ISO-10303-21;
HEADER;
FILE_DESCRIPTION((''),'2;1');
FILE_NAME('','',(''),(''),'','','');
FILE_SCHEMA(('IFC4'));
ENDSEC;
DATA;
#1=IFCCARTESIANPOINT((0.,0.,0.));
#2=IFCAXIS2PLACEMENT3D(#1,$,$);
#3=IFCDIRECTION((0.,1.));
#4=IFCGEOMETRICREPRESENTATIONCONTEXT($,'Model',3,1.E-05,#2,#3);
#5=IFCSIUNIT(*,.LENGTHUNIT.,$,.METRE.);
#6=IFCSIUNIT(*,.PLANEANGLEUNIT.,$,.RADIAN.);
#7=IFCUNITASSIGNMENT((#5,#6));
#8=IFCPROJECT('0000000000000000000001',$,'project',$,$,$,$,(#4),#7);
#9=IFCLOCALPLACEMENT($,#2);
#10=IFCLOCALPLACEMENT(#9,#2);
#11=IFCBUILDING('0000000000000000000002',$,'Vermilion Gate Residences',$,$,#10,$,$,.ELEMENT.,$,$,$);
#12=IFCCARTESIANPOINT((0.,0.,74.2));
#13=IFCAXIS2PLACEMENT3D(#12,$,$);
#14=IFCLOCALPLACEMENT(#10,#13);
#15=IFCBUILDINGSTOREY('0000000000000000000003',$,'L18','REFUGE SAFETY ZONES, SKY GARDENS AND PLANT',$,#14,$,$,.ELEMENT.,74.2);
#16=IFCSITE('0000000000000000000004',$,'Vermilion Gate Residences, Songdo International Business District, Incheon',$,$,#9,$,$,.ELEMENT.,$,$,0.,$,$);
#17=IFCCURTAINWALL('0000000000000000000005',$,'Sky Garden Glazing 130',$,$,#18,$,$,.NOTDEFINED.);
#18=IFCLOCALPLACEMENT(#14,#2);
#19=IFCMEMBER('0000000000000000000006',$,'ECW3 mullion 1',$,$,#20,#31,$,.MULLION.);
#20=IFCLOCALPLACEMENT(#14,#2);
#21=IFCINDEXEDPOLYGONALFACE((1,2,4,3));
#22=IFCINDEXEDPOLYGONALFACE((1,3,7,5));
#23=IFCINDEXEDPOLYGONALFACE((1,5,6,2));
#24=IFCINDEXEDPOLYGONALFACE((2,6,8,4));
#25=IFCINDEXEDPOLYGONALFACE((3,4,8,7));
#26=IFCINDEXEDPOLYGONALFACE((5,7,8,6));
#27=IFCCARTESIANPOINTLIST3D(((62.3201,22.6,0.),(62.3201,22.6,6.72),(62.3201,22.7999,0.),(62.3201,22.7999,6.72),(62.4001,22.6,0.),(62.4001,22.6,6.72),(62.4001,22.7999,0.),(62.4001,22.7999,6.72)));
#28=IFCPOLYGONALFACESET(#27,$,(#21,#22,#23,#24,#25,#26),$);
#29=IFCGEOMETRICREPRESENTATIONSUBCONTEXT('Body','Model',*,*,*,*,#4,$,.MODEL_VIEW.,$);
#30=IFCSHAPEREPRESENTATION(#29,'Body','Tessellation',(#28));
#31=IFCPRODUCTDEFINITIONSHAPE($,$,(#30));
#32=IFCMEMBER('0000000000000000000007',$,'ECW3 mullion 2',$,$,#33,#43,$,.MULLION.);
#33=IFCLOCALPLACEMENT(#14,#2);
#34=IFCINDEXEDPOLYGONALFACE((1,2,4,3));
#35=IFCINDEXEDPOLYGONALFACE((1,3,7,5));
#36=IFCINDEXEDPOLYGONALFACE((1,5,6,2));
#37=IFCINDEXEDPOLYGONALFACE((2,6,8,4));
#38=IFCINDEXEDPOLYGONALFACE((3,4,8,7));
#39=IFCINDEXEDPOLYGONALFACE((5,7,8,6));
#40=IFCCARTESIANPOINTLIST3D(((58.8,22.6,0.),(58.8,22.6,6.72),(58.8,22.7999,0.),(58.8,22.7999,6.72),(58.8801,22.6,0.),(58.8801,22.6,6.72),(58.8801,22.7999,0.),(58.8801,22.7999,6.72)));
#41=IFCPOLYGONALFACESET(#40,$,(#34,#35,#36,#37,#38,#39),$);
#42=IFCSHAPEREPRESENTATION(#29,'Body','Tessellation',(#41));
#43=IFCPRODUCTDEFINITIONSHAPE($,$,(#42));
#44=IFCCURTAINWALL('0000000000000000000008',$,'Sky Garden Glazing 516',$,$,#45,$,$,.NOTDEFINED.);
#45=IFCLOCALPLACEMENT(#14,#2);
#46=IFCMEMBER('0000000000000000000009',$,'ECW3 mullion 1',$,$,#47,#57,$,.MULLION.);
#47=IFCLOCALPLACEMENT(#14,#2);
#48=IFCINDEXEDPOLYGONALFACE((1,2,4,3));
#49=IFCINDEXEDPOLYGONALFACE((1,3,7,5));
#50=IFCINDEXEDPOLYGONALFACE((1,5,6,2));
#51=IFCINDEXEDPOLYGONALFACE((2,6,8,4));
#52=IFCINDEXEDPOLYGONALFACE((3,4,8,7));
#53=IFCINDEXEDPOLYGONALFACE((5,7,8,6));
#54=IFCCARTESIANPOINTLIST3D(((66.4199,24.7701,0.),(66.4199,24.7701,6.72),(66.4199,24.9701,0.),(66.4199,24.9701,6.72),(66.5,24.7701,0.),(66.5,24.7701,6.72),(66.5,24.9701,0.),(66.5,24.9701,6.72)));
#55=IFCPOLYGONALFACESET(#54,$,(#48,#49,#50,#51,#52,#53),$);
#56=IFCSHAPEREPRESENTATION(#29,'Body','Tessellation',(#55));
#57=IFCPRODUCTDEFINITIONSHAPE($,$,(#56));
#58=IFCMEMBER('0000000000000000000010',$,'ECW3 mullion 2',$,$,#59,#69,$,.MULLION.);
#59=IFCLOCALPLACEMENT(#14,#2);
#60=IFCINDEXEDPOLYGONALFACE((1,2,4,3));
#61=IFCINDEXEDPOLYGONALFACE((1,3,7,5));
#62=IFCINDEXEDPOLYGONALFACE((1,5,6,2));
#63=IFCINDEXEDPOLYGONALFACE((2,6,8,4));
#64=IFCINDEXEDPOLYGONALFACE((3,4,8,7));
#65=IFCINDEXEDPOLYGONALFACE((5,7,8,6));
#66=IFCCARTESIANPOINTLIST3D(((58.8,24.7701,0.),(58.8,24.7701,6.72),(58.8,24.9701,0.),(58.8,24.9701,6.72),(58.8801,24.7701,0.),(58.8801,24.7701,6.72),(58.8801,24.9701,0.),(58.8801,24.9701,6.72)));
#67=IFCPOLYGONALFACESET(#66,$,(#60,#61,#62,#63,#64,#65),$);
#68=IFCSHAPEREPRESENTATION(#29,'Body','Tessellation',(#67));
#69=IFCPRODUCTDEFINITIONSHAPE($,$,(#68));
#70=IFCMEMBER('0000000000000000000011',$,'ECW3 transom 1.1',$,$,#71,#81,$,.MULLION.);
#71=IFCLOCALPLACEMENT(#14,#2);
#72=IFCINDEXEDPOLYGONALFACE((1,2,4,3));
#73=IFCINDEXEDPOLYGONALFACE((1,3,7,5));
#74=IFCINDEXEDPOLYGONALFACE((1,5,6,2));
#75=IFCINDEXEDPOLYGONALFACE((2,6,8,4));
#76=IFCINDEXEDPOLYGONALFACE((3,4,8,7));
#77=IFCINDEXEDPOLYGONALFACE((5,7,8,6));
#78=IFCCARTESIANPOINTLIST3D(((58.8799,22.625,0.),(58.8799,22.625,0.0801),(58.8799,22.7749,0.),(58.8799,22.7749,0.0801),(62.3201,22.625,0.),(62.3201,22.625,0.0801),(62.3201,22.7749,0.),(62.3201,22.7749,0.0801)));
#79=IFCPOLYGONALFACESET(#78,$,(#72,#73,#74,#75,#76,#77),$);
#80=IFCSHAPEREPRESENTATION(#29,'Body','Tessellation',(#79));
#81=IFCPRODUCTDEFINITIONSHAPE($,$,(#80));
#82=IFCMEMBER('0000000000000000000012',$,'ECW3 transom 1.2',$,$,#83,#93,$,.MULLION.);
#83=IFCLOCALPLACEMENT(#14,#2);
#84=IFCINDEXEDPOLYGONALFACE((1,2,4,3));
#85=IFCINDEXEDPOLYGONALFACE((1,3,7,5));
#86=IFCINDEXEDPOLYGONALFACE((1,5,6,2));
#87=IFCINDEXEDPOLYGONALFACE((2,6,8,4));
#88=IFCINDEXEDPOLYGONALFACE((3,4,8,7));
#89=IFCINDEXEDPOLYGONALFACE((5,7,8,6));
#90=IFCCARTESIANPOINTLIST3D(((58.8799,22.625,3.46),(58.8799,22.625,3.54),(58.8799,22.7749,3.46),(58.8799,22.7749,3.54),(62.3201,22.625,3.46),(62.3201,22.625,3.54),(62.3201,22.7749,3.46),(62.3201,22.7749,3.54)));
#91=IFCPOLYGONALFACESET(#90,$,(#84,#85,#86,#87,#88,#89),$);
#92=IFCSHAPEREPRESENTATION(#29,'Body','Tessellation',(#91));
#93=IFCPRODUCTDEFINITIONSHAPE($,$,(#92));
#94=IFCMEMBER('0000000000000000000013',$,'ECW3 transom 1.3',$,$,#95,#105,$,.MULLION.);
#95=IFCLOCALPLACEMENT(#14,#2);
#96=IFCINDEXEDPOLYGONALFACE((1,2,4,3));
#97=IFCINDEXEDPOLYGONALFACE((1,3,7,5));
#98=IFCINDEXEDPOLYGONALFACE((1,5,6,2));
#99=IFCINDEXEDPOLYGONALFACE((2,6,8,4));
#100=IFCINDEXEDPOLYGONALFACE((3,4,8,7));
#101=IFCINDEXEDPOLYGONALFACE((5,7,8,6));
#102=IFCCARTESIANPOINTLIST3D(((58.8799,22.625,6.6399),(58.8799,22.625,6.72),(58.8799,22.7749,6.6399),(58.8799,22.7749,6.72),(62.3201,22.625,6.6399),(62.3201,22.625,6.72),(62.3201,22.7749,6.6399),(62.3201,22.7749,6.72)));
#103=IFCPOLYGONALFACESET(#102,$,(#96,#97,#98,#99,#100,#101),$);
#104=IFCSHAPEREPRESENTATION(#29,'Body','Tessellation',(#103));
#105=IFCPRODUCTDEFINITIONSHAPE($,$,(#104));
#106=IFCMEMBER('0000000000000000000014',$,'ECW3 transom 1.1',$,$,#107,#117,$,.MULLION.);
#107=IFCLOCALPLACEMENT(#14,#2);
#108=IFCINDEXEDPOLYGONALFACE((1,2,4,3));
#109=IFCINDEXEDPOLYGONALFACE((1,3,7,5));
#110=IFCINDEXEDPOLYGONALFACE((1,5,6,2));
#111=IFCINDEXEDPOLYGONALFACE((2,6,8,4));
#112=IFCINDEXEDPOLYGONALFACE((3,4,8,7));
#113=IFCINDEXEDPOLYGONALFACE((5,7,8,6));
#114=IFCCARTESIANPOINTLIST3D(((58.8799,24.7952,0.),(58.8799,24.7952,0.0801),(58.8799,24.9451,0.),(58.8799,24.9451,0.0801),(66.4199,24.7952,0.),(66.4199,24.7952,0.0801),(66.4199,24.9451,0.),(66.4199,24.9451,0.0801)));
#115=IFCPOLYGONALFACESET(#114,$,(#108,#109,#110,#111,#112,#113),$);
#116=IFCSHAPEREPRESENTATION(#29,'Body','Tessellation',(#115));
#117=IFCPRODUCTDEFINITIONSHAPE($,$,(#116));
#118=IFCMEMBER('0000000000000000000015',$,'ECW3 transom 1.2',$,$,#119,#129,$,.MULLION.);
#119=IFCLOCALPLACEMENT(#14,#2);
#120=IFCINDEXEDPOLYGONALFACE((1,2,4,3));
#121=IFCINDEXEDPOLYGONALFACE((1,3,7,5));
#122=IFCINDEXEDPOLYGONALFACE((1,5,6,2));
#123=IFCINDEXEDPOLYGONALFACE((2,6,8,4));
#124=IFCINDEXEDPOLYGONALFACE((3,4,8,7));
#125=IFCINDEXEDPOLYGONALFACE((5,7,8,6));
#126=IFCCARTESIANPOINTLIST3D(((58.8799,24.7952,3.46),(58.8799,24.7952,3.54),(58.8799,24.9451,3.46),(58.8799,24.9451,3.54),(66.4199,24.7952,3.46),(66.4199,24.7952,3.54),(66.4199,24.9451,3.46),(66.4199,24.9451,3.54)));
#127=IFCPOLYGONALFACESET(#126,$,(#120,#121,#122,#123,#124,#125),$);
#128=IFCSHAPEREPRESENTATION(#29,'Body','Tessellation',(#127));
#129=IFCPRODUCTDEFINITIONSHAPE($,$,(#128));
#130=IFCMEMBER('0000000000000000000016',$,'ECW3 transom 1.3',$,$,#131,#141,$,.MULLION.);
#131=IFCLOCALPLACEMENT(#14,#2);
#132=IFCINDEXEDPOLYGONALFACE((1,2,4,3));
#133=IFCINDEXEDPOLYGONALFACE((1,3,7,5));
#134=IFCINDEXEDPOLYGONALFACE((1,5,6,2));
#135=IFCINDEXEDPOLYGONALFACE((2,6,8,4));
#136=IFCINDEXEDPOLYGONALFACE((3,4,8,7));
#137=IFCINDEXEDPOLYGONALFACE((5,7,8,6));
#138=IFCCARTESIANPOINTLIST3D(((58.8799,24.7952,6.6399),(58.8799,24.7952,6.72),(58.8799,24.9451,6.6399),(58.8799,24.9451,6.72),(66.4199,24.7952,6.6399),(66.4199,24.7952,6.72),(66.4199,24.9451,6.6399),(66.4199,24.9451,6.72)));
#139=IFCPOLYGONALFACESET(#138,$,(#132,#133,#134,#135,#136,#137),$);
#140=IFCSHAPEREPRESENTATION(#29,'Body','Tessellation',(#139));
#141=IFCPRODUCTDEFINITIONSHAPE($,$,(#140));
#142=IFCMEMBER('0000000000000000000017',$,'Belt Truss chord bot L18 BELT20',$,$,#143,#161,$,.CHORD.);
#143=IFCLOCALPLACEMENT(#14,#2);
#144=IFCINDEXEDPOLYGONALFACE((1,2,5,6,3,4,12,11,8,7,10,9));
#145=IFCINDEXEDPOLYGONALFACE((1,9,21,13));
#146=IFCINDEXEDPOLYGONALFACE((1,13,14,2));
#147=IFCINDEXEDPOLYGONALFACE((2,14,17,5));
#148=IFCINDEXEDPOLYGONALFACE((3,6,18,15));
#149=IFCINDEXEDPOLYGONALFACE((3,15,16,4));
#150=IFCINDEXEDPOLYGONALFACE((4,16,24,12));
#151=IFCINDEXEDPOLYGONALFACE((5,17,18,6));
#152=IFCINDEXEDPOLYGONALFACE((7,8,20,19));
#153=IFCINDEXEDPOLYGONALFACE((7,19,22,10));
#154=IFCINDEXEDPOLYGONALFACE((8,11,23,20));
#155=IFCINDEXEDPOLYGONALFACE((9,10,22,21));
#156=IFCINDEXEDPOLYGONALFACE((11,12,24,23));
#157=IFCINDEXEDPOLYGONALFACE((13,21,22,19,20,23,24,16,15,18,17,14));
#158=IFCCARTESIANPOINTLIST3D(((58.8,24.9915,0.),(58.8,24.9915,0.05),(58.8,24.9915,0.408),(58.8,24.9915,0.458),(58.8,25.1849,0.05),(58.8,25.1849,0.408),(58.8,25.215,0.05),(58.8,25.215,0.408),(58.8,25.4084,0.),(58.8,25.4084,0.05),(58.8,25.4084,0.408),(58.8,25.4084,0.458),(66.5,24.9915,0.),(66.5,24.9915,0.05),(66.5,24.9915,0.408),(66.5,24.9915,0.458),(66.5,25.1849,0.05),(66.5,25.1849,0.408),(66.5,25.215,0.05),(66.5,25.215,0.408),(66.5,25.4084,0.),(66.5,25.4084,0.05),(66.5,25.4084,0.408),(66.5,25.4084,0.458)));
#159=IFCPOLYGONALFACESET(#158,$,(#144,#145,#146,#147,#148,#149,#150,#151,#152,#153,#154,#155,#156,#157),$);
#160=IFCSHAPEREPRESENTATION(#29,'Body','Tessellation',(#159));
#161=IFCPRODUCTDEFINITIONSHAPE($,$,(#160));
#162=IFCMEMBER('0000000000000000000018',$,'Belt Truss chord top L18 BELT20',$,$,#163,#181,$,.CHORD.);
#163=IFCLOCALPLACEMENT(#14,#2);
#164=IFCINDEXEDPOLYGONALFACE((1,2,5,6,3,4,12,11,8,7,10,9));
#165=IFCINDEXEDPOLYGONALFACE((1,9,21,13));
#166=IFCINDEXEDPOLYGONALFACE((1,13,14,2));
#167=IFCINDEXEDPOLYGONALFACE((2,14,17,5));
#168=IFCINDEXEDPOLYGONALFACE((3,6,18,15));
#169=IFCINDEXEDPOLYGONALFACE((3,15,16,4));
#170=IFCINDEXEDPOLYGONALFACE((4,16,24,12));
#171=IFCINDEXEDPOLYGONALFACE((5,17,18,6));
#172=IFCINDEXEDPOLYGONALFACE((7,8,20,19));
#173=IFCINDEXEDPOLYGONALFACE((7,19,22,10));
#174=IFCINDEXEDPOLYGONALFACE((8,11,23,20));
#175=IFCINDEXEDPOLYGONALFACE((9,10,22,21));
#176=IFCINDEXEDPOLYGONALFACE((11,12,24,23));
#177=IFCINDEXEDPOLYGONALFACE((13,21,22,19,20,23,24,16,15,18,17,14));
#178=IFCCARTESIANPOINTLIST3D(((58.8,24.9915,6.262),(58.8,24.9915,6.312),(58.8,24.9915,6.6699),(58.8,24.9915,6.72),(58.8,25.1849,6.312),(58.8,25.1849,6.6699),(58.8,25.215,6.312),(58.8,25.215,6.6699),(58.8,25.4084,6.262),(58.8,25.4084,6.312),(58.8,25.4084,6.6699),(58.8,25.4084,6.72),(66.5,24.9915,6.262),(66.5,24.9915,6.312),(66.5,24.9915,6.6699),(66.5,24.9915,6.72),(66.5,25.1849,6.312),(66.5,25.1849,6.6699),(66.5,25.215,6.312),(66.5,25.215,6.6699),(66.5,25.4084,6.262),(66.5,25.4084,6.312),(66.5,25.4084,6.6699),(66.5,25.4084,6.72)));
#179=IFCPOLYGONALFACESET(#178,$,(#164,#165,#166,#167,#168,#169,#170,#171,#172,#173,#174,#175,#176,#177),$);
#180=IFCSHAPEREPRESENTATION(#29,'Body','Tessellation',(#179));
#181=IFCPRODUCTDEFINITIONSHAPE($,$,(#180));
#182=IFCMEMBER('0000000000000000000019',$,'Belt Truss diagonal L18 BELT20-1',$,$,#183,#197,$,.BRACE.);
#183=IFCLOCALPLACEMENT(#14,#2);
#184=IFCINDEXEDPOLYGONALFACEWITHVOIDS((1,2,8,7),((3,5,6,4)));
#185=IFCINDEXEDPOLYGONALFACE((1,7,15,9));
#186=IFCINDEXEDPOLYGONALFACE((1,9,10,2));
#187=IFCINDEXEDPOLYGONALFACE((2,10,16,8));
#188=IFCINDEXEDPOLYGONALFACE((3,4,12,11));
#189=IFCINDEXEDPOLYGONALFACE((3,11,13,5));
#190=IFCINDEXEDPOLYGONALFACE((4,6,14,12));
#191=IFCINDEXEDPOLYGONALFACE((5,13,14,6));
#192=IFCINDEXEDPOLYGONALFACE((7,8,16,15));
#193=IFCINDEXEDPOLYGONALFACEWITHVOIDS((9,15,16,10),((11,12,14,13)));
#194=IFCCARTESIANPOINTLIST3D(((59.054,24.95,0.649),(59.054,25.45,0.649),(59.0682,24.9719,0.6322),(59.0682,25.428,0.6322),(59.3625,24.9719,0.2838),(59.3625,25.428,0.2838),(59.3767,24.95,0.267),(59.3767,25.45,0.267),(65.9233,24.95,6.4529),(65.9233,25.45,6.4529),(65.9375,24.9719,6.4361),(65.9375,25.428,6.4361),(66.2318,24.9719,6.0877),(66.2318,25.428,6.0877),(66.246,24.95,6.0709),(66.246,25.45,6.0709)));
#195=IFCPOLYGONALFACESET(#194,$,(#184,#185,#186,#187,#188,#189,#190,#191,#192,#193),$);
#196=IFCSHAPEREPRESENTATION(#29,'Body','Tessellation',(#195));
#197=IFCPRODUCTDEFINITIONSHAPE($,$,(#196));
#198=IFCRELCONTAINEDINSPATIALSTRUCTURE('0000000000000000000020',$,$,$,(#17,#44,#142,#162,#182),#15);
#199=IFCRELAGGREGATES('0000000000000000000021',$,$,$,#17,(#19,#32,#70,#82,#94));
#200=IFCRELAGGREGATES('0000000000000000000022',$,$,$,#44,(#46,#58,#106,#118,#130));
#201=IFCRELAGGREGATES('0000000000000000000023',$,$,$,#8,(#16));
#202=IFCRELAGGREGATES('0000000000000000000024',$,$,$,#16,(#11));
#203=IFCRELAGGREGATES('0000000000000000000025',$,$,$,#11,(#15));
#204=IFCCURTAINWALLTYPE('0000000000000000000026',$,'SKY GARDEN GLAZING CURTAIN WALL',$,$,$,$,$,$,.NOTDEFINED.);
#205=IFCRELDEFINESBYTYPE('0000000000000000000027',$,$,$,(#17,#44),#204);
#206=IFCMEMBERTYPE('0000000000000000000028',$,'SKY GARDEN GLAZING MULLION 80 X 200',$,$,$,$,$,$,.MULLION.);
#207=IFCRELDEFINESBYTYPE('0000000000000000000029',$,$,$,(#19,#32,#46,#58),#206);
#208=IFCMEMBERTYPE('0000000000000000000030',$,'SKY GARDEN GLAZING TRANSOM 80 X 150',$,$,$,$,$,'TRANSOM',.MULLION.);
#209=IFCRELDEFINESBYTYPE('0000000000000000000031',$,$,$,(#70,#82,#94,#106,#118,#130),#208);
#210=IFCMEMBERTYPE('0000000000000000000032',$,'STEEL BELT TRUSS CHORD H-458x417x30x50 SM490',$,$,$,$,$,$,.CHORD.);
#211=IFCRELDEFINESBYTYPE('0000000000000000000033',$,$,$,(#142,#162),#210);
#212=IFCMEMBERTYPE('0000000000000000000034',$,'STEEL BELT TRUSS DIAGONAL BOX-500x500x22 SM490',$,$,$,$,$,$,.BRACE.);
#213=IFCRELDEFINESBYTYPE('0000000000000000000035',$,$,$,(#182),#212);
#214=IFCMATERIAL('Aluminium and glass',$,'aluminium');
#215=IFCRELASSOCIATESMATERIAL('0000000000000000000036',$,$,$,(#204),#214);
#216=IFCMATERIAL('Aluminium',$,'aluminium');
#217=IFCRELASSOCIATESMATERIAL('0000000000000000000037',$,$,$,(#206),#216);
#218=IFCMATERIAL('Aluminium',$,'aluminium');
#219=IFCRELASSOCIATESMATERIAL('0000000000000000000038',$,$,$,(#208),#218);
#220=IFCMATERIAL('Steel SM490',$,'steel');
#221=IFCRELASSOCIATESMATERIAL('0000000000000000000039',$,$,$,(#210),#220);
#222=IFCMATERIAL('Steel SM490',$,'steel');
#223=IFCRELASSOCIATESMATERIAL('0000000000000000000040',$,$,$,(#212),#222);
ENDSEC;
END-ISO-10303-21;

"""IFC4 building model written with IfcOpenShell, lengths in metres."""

from ifc_helpers import new_model, si_unit, direction, frame, origin, origin_2d, place, context, subcontext, project, spatial, rectangle, hollow_rectangle, i_section, extrude, material, material_profile, profile_set, type_object, element, aggregate, save


model = new_model("IFC4")

# Units and contexts
model_context = context("Model", 3, precision=1e-05, world=origin(), true_north=direction((0.0, 1.0)))
body_context = subcontext(model_context, "Body", "Model", "MODEL_VIEW")
ifc_project = project(units=[si_unit("LENGTHUNIT", "METRE"), si_unit("PLANEANGLEUNIT", "RADIAN")], contexts=[model_context])

# Site, building, storey
site_placement = place(None, origin())
site = spatial("IfcSite", under=ifc_project, at=site_placement, Name="Vermilion Gate Residences, Songdo International Business District, Incheon", CompositionType="ELEMENT", RefElevation=0.0)
building_placement = place(site_placement, origin())
building = spatial("IfcBuilding", under=site, at=building_placement, Name="Vermilion Gate Residences", CompositionType="ELEMENT")
storey_placement = place(building_placement, frame((0.0, 0.0, 74.2)))
storey = spatial("IfcBuildingStorey", under=building, at=storey_placement, Name="L18", Description="REFUGE SAFETY ZONES, SKY GARDENS AND PLANT", CompositionType="ELEMENT", Elevation=74.2)

# Curtain walls, members
ifc_material_1 = material(Name="Aluminium and glass", Category="aluminium")
curtain_wall_type = type_object("IfcCurtainWallType", Name="SKY GARDEN GLAZING CURTAIN WALL", PredefinedType="NOTDEFINED", material=ifc_material_1)
curtain_wall_1_placement = place(storey_placement, origin())
curtain_wall_1 = element("IfcCurtainWall", 1, at=curtain_wall_1_placement, inside=storey, type_object=curtain_wall_type, Name="Sky Garden Glazing 130", PredefinedType="NOTDEFINED")
ifc_material_2 = material(Name="Aluminium", Category="aluminium")
ifc_material_profile_1 = material_profile(ifc_material_2, rectangle(XDim=0.2, YDim=0.0801, at=origin_2d()), Name="MULLION 80 X 200")
ifc_profile_set_1 = profile_set([ifc_material_profile_1], Name="Aluminium")
member_type_1 = type_object("IfcMemberType", Name="SKY GARDEN GLAZING MULLION 80 X 200", PredefinedType="MULLION", material=ifc_profile_set_1)
member_1_placement = place(storey_placement, frame((62.3601, 22.7, 0.0), z_axis=(0.0, 0.0, 1.0), x_axis=(0.0, -1.0, 0.0)))
member_1 = element("IfcMember", 2, at=member_1_placement, type_object=member_type_1, Name="ECW3 mullion 1", PredefinedType="MULLION", context=body_context, shape_type="SweptSolid", body=[
    extrude(rectangle(XDim=0.2, YDim=0.0801, at=origin_2d()), origin(), (0.0, 0.0, 1.0), 6.72),
])
member_2_placement = place(storey_placement, frame((58.8401, 22.7, 0.0), z_axis=(0.0, 0.0, 1.0), x_axis=(0.0, -1.0, 0.0)))
member_2 = element("IfcMember", 3, at=member_2_placement, type_object=member_type_1, Name="ECW3 mullion 2", PredefinedType="MULLION", context=body_context, shape_type="SweptSolid", body=[
    extrude(rectangle(XDim=0.2, YDim=0.0801, at=origin_2d()), origin(), (0.0, 0.0, 1.0), 6.72),
])
curtain_wall_2_placement = place(storey_placement, origin())
curtain_wall_2 = element("IfcCurtainWall", 4, at=curtain_wall_2_placement, inside=storey, type_object=curtain_wall_type, Name="Sky Garden Glazing 516", PredefinedType="NOTDEFINED")
member_3_placement = place(storey_placement, frame((66.46, 24.8701, 0.0), z_axis=(0.0, 0.0, 1.0), x_axis=(0.0, -1.0, 0.0)))
member_3 = element("IfcMember", 5, at=member_3_placement, type_object=member_type_1, Name="ECW3 mullion 1", PredefinedType="MULLION", context=body_context, shape_type="SweptSolid", body=[
    extrude(rectangle(XDim=0.2, YDim=0.0801, at=origin_2d()), origin(), (0.0, 0.0, 1.0), 6.72),
])
member_4_placement = place(storey_placement, frame((58.8401, 24.8701, 0.0), z_axis=(0.0, 0.0, 1.0), x_axis=(0.0, -1.0, 0.0)))
member_4 = element("IfcMember", 6, at=member_4_placement, type_object=member_type_1, Name="ECW3 mullion 2", PredefinedType="MULLION", context=body_context, shape_type="SweptSolid", body=[
    extrude(rectangle(XDim=0.2, YDim=0.0801, at=origin_2d()), origin(), (0.0, 0.0, 1.0), 6.72),
])

# Members
ifc_material_3 = material(Name="Aluminium", Category="aluminium")
ifc_material_profile_2 = material_profile(ifc_material_3, rectangle(XDim=0.1499, YDim=0.0801, at=origin_2d()), Name="TRANSOM 80 X 150")
ifc_profile_set_2 = profile_set([ifc_material_profile_2], Name="Aluminium")
member_type_2 = type_object("IfcMemberType", Name="SKY GARDEN GLAZING TRANSOM 80 X 150", ElementType="TRANSOM", PredefinedType="MULLION", material=ifc_profile_set_2)
member_5_placement = place(storey_placement, frame((62.3201, 22.7, 0.04), z_axis=(-1.0, 0.0, 0.0), x_axis=(0.0, -1.0, 0.0)))
member_5 = element("IfcMember", 7, at=member_5_placement, type_object=member_type_2, Name="ECW3 transom 1.1", PredefinedType="MULLION", context=body_context, shape_type="SweptSolid", body=[
    extrude(rectangle(XDim=0.1499, YDim=0.0801, at=origin_2d()), origin(), (0.0, 0.0, 1.0), 3.4402),
])
member_6_placement = place(storey_placement, frame((62.3201, 22.7, 3.5), z_axis=(-1.0, 0.0, 0.0), x_axis=(0.0, -1.0, 0.0)))
member_6 = element("IfcMember", 8, at=member_6_placement, type_object=member_type_2, Name="ECW3 transom 1.2", PredefinedType="MULLION", context=body_context, shape_type="SweptSolid", body=[
    extrude(rectangle(XDim=0.1499, YDim=0.0801, at=origin_2d()), origin(), (0.0, 0.0, 1.0), 3.4402),
])
member_7_placement = place(storey_placement, frame((62.3201, 22.7, 6.6799), z_axis=(-1.0, 0.0, 0.0), x_axis=(0.0, -1.0, 0.0)))
member_7 = element("IfcMember", 9, at=member_7_placement, type_object=member_type_2, Name="ECW3 transom 1.3", PredefinedType="MULLION", context=body_context, shape_type="SweptSolid", body=[
    extrude(rectangle(XDim=0.1499, YDim=0.0801, at=origin_2d()), origin(), (0.0, 0.0, 1.0), 3.4402),
])
member_8_placement = place(storey_placement, frame((66.4199, 24.8701, 0.04), z_axis=(-1.0, 0.0, 0.0), x_axis=(0.0, -1.0, 0.0)))
member_8 = element("IfcMember", 10, at=member_8_placement, type_object=member_type_2, Name="ECW3 transom 1.1", PredefinedType="MULLION", context=body_context, shape_type="SweptSolid", body=[
    extrude(rectangle(XDim=0.1499, YDim=0.0801, at=origin_2d()), origin(), (0.0, 0.0, 1.0), 7.54),
])
member_9_placement = place(storey_placement, frame((66.4199, 24.8701, 3.5), z_axis=(-1.0, 0.0, 0.0), x_axis=(0.0, -1.0, 0.0)))
member_9 = element("IfcMember", 11, at=member_9_placement, type_object=member_type_2, Name="ECW3 transom 1.2", PredefinedType="MULLION", context=body_context, shape_type="SweptSolid", body=[
    extrude(rectangle(XDim=0.1499, YDim=0.0801, at=origin_2d()), origin(), (0.0, 0.0, 1.0), 7.54),
])
member_10_placement = place(storey_placement, frame((66.4199, 24.8701, 6.6799), z_axis=(-1.0, 0.0, 0.0), x_axis=(0.0, -1.0, 0.0)))
member_10 = element("IfcMember", 12, at=member_10_placement, type_object=member_type_2, Name="ECW3 transom 1.3", PredefinedType="MULLION", context=body_context, shape_type="SweptSolid", body=[
    extrude(rectangle(XDim=0.1499, YDim=0.0801, at=origin_2d()), origin(), (0.0, 0.0, 1.0), 7.54),
])

# Members
ifc_material_4 = material(Name="Steel SM490", Category="steel")
ifc_material_profile_3 = material_profile(ifc_material_4, i_section(OverallWidth=0.417, OverallDepth=0.458, WebThickness=0.03, FlangeThickness=0.05, at=origin_2d()), Name="H-458x417x30x50")
ifc_profile_set_3 = profile_set([ifc_material_profile_3], Name="Steel SM490")
member_type_3 = type_object("IfcMemberType", Name="STEEL BELT TRUSS CHORD H-458x417x30x50 SM490", PredefinedType="CHORD", material=ifc_profile_set_3)
for number, where, z_axis, x_axis, name in (
    (13, (58.8, 25.2, 0.229), (1.0, 0.0, 0.0), (0.0, 1.0, 0.0), "Belt Truss chord bot L18 BELT20"),
    (14, (58.8, 25.2, 6.491), (1.0, 0.0, 0.0), (0.0, 1.0, 0.0), "Belt Truss chord top L18 BELT20"),
):
    element("IfcMember", number, at=place(storey_placement, frame(where, z_axis=z_axis, x_axis=x_axis)), inside=storey, type_object=member_type_3, Name=name, PredefinedType="CHORD", context=body_context, shape_type="SweptSolid", body=[
        extrude(i_section(OverallWidth=0.417, OverallDepth=0.458, WebThickness=0.03, FlangeThickness=0.05, at=origin_2d()), origin(), (0.0, 0.0, 1.0), 7.7),
    ])
ifc_material_5 = material(Name="Steel SM490", Category="steel")
ifc_material_profile_4 = material_profile(ifc_material_5, hollow_rectangle(XDim=0.5, YDim=0.5, WallThickness=0.022, at=origin_2d()), Name="BOX-500x500x22")
ifc_profile_set_4 = profile_set([ifc_material_profile_4], Name="Steel SM490")
member_type_4 = type_object("IfcMemberType", Name="STEEL BELT TRUSS DIAGONAL BOX-500x500x22 SM490", PredefinedType="BRACE", material=ifc_profile_set_4)
member_11_placement = place(storey_placement, frame((59.2153, 25.2, 0.458), z_axis=(0.763858, 0.0, 0.645385), x_axis=(0.0, 1.0, 0.0)))
element("IfcMember", 15, at=member_11_placement, inside=storey, type_object=member_type_4, Name="Belt Truss diagonal L18 BELT20-1", PredefinedType="BRACE", context=body_context, shape_type="SweptSolid", body=[
    extrude(hollow_rectangle(XDim=0.5, YDim=0.5, WallThickness=0.022, at=origin_2d()), origin(), (0.0, 0.0, 1.0), 8.9929),
])

aggregate(curtain_wall_1, [member_1, member_2, member_5, member_6, member_7])
aggregate(curtain_wall_2, [member_3, member_4, member_8, member_9, member_10])

save(model, "model.ifc")
